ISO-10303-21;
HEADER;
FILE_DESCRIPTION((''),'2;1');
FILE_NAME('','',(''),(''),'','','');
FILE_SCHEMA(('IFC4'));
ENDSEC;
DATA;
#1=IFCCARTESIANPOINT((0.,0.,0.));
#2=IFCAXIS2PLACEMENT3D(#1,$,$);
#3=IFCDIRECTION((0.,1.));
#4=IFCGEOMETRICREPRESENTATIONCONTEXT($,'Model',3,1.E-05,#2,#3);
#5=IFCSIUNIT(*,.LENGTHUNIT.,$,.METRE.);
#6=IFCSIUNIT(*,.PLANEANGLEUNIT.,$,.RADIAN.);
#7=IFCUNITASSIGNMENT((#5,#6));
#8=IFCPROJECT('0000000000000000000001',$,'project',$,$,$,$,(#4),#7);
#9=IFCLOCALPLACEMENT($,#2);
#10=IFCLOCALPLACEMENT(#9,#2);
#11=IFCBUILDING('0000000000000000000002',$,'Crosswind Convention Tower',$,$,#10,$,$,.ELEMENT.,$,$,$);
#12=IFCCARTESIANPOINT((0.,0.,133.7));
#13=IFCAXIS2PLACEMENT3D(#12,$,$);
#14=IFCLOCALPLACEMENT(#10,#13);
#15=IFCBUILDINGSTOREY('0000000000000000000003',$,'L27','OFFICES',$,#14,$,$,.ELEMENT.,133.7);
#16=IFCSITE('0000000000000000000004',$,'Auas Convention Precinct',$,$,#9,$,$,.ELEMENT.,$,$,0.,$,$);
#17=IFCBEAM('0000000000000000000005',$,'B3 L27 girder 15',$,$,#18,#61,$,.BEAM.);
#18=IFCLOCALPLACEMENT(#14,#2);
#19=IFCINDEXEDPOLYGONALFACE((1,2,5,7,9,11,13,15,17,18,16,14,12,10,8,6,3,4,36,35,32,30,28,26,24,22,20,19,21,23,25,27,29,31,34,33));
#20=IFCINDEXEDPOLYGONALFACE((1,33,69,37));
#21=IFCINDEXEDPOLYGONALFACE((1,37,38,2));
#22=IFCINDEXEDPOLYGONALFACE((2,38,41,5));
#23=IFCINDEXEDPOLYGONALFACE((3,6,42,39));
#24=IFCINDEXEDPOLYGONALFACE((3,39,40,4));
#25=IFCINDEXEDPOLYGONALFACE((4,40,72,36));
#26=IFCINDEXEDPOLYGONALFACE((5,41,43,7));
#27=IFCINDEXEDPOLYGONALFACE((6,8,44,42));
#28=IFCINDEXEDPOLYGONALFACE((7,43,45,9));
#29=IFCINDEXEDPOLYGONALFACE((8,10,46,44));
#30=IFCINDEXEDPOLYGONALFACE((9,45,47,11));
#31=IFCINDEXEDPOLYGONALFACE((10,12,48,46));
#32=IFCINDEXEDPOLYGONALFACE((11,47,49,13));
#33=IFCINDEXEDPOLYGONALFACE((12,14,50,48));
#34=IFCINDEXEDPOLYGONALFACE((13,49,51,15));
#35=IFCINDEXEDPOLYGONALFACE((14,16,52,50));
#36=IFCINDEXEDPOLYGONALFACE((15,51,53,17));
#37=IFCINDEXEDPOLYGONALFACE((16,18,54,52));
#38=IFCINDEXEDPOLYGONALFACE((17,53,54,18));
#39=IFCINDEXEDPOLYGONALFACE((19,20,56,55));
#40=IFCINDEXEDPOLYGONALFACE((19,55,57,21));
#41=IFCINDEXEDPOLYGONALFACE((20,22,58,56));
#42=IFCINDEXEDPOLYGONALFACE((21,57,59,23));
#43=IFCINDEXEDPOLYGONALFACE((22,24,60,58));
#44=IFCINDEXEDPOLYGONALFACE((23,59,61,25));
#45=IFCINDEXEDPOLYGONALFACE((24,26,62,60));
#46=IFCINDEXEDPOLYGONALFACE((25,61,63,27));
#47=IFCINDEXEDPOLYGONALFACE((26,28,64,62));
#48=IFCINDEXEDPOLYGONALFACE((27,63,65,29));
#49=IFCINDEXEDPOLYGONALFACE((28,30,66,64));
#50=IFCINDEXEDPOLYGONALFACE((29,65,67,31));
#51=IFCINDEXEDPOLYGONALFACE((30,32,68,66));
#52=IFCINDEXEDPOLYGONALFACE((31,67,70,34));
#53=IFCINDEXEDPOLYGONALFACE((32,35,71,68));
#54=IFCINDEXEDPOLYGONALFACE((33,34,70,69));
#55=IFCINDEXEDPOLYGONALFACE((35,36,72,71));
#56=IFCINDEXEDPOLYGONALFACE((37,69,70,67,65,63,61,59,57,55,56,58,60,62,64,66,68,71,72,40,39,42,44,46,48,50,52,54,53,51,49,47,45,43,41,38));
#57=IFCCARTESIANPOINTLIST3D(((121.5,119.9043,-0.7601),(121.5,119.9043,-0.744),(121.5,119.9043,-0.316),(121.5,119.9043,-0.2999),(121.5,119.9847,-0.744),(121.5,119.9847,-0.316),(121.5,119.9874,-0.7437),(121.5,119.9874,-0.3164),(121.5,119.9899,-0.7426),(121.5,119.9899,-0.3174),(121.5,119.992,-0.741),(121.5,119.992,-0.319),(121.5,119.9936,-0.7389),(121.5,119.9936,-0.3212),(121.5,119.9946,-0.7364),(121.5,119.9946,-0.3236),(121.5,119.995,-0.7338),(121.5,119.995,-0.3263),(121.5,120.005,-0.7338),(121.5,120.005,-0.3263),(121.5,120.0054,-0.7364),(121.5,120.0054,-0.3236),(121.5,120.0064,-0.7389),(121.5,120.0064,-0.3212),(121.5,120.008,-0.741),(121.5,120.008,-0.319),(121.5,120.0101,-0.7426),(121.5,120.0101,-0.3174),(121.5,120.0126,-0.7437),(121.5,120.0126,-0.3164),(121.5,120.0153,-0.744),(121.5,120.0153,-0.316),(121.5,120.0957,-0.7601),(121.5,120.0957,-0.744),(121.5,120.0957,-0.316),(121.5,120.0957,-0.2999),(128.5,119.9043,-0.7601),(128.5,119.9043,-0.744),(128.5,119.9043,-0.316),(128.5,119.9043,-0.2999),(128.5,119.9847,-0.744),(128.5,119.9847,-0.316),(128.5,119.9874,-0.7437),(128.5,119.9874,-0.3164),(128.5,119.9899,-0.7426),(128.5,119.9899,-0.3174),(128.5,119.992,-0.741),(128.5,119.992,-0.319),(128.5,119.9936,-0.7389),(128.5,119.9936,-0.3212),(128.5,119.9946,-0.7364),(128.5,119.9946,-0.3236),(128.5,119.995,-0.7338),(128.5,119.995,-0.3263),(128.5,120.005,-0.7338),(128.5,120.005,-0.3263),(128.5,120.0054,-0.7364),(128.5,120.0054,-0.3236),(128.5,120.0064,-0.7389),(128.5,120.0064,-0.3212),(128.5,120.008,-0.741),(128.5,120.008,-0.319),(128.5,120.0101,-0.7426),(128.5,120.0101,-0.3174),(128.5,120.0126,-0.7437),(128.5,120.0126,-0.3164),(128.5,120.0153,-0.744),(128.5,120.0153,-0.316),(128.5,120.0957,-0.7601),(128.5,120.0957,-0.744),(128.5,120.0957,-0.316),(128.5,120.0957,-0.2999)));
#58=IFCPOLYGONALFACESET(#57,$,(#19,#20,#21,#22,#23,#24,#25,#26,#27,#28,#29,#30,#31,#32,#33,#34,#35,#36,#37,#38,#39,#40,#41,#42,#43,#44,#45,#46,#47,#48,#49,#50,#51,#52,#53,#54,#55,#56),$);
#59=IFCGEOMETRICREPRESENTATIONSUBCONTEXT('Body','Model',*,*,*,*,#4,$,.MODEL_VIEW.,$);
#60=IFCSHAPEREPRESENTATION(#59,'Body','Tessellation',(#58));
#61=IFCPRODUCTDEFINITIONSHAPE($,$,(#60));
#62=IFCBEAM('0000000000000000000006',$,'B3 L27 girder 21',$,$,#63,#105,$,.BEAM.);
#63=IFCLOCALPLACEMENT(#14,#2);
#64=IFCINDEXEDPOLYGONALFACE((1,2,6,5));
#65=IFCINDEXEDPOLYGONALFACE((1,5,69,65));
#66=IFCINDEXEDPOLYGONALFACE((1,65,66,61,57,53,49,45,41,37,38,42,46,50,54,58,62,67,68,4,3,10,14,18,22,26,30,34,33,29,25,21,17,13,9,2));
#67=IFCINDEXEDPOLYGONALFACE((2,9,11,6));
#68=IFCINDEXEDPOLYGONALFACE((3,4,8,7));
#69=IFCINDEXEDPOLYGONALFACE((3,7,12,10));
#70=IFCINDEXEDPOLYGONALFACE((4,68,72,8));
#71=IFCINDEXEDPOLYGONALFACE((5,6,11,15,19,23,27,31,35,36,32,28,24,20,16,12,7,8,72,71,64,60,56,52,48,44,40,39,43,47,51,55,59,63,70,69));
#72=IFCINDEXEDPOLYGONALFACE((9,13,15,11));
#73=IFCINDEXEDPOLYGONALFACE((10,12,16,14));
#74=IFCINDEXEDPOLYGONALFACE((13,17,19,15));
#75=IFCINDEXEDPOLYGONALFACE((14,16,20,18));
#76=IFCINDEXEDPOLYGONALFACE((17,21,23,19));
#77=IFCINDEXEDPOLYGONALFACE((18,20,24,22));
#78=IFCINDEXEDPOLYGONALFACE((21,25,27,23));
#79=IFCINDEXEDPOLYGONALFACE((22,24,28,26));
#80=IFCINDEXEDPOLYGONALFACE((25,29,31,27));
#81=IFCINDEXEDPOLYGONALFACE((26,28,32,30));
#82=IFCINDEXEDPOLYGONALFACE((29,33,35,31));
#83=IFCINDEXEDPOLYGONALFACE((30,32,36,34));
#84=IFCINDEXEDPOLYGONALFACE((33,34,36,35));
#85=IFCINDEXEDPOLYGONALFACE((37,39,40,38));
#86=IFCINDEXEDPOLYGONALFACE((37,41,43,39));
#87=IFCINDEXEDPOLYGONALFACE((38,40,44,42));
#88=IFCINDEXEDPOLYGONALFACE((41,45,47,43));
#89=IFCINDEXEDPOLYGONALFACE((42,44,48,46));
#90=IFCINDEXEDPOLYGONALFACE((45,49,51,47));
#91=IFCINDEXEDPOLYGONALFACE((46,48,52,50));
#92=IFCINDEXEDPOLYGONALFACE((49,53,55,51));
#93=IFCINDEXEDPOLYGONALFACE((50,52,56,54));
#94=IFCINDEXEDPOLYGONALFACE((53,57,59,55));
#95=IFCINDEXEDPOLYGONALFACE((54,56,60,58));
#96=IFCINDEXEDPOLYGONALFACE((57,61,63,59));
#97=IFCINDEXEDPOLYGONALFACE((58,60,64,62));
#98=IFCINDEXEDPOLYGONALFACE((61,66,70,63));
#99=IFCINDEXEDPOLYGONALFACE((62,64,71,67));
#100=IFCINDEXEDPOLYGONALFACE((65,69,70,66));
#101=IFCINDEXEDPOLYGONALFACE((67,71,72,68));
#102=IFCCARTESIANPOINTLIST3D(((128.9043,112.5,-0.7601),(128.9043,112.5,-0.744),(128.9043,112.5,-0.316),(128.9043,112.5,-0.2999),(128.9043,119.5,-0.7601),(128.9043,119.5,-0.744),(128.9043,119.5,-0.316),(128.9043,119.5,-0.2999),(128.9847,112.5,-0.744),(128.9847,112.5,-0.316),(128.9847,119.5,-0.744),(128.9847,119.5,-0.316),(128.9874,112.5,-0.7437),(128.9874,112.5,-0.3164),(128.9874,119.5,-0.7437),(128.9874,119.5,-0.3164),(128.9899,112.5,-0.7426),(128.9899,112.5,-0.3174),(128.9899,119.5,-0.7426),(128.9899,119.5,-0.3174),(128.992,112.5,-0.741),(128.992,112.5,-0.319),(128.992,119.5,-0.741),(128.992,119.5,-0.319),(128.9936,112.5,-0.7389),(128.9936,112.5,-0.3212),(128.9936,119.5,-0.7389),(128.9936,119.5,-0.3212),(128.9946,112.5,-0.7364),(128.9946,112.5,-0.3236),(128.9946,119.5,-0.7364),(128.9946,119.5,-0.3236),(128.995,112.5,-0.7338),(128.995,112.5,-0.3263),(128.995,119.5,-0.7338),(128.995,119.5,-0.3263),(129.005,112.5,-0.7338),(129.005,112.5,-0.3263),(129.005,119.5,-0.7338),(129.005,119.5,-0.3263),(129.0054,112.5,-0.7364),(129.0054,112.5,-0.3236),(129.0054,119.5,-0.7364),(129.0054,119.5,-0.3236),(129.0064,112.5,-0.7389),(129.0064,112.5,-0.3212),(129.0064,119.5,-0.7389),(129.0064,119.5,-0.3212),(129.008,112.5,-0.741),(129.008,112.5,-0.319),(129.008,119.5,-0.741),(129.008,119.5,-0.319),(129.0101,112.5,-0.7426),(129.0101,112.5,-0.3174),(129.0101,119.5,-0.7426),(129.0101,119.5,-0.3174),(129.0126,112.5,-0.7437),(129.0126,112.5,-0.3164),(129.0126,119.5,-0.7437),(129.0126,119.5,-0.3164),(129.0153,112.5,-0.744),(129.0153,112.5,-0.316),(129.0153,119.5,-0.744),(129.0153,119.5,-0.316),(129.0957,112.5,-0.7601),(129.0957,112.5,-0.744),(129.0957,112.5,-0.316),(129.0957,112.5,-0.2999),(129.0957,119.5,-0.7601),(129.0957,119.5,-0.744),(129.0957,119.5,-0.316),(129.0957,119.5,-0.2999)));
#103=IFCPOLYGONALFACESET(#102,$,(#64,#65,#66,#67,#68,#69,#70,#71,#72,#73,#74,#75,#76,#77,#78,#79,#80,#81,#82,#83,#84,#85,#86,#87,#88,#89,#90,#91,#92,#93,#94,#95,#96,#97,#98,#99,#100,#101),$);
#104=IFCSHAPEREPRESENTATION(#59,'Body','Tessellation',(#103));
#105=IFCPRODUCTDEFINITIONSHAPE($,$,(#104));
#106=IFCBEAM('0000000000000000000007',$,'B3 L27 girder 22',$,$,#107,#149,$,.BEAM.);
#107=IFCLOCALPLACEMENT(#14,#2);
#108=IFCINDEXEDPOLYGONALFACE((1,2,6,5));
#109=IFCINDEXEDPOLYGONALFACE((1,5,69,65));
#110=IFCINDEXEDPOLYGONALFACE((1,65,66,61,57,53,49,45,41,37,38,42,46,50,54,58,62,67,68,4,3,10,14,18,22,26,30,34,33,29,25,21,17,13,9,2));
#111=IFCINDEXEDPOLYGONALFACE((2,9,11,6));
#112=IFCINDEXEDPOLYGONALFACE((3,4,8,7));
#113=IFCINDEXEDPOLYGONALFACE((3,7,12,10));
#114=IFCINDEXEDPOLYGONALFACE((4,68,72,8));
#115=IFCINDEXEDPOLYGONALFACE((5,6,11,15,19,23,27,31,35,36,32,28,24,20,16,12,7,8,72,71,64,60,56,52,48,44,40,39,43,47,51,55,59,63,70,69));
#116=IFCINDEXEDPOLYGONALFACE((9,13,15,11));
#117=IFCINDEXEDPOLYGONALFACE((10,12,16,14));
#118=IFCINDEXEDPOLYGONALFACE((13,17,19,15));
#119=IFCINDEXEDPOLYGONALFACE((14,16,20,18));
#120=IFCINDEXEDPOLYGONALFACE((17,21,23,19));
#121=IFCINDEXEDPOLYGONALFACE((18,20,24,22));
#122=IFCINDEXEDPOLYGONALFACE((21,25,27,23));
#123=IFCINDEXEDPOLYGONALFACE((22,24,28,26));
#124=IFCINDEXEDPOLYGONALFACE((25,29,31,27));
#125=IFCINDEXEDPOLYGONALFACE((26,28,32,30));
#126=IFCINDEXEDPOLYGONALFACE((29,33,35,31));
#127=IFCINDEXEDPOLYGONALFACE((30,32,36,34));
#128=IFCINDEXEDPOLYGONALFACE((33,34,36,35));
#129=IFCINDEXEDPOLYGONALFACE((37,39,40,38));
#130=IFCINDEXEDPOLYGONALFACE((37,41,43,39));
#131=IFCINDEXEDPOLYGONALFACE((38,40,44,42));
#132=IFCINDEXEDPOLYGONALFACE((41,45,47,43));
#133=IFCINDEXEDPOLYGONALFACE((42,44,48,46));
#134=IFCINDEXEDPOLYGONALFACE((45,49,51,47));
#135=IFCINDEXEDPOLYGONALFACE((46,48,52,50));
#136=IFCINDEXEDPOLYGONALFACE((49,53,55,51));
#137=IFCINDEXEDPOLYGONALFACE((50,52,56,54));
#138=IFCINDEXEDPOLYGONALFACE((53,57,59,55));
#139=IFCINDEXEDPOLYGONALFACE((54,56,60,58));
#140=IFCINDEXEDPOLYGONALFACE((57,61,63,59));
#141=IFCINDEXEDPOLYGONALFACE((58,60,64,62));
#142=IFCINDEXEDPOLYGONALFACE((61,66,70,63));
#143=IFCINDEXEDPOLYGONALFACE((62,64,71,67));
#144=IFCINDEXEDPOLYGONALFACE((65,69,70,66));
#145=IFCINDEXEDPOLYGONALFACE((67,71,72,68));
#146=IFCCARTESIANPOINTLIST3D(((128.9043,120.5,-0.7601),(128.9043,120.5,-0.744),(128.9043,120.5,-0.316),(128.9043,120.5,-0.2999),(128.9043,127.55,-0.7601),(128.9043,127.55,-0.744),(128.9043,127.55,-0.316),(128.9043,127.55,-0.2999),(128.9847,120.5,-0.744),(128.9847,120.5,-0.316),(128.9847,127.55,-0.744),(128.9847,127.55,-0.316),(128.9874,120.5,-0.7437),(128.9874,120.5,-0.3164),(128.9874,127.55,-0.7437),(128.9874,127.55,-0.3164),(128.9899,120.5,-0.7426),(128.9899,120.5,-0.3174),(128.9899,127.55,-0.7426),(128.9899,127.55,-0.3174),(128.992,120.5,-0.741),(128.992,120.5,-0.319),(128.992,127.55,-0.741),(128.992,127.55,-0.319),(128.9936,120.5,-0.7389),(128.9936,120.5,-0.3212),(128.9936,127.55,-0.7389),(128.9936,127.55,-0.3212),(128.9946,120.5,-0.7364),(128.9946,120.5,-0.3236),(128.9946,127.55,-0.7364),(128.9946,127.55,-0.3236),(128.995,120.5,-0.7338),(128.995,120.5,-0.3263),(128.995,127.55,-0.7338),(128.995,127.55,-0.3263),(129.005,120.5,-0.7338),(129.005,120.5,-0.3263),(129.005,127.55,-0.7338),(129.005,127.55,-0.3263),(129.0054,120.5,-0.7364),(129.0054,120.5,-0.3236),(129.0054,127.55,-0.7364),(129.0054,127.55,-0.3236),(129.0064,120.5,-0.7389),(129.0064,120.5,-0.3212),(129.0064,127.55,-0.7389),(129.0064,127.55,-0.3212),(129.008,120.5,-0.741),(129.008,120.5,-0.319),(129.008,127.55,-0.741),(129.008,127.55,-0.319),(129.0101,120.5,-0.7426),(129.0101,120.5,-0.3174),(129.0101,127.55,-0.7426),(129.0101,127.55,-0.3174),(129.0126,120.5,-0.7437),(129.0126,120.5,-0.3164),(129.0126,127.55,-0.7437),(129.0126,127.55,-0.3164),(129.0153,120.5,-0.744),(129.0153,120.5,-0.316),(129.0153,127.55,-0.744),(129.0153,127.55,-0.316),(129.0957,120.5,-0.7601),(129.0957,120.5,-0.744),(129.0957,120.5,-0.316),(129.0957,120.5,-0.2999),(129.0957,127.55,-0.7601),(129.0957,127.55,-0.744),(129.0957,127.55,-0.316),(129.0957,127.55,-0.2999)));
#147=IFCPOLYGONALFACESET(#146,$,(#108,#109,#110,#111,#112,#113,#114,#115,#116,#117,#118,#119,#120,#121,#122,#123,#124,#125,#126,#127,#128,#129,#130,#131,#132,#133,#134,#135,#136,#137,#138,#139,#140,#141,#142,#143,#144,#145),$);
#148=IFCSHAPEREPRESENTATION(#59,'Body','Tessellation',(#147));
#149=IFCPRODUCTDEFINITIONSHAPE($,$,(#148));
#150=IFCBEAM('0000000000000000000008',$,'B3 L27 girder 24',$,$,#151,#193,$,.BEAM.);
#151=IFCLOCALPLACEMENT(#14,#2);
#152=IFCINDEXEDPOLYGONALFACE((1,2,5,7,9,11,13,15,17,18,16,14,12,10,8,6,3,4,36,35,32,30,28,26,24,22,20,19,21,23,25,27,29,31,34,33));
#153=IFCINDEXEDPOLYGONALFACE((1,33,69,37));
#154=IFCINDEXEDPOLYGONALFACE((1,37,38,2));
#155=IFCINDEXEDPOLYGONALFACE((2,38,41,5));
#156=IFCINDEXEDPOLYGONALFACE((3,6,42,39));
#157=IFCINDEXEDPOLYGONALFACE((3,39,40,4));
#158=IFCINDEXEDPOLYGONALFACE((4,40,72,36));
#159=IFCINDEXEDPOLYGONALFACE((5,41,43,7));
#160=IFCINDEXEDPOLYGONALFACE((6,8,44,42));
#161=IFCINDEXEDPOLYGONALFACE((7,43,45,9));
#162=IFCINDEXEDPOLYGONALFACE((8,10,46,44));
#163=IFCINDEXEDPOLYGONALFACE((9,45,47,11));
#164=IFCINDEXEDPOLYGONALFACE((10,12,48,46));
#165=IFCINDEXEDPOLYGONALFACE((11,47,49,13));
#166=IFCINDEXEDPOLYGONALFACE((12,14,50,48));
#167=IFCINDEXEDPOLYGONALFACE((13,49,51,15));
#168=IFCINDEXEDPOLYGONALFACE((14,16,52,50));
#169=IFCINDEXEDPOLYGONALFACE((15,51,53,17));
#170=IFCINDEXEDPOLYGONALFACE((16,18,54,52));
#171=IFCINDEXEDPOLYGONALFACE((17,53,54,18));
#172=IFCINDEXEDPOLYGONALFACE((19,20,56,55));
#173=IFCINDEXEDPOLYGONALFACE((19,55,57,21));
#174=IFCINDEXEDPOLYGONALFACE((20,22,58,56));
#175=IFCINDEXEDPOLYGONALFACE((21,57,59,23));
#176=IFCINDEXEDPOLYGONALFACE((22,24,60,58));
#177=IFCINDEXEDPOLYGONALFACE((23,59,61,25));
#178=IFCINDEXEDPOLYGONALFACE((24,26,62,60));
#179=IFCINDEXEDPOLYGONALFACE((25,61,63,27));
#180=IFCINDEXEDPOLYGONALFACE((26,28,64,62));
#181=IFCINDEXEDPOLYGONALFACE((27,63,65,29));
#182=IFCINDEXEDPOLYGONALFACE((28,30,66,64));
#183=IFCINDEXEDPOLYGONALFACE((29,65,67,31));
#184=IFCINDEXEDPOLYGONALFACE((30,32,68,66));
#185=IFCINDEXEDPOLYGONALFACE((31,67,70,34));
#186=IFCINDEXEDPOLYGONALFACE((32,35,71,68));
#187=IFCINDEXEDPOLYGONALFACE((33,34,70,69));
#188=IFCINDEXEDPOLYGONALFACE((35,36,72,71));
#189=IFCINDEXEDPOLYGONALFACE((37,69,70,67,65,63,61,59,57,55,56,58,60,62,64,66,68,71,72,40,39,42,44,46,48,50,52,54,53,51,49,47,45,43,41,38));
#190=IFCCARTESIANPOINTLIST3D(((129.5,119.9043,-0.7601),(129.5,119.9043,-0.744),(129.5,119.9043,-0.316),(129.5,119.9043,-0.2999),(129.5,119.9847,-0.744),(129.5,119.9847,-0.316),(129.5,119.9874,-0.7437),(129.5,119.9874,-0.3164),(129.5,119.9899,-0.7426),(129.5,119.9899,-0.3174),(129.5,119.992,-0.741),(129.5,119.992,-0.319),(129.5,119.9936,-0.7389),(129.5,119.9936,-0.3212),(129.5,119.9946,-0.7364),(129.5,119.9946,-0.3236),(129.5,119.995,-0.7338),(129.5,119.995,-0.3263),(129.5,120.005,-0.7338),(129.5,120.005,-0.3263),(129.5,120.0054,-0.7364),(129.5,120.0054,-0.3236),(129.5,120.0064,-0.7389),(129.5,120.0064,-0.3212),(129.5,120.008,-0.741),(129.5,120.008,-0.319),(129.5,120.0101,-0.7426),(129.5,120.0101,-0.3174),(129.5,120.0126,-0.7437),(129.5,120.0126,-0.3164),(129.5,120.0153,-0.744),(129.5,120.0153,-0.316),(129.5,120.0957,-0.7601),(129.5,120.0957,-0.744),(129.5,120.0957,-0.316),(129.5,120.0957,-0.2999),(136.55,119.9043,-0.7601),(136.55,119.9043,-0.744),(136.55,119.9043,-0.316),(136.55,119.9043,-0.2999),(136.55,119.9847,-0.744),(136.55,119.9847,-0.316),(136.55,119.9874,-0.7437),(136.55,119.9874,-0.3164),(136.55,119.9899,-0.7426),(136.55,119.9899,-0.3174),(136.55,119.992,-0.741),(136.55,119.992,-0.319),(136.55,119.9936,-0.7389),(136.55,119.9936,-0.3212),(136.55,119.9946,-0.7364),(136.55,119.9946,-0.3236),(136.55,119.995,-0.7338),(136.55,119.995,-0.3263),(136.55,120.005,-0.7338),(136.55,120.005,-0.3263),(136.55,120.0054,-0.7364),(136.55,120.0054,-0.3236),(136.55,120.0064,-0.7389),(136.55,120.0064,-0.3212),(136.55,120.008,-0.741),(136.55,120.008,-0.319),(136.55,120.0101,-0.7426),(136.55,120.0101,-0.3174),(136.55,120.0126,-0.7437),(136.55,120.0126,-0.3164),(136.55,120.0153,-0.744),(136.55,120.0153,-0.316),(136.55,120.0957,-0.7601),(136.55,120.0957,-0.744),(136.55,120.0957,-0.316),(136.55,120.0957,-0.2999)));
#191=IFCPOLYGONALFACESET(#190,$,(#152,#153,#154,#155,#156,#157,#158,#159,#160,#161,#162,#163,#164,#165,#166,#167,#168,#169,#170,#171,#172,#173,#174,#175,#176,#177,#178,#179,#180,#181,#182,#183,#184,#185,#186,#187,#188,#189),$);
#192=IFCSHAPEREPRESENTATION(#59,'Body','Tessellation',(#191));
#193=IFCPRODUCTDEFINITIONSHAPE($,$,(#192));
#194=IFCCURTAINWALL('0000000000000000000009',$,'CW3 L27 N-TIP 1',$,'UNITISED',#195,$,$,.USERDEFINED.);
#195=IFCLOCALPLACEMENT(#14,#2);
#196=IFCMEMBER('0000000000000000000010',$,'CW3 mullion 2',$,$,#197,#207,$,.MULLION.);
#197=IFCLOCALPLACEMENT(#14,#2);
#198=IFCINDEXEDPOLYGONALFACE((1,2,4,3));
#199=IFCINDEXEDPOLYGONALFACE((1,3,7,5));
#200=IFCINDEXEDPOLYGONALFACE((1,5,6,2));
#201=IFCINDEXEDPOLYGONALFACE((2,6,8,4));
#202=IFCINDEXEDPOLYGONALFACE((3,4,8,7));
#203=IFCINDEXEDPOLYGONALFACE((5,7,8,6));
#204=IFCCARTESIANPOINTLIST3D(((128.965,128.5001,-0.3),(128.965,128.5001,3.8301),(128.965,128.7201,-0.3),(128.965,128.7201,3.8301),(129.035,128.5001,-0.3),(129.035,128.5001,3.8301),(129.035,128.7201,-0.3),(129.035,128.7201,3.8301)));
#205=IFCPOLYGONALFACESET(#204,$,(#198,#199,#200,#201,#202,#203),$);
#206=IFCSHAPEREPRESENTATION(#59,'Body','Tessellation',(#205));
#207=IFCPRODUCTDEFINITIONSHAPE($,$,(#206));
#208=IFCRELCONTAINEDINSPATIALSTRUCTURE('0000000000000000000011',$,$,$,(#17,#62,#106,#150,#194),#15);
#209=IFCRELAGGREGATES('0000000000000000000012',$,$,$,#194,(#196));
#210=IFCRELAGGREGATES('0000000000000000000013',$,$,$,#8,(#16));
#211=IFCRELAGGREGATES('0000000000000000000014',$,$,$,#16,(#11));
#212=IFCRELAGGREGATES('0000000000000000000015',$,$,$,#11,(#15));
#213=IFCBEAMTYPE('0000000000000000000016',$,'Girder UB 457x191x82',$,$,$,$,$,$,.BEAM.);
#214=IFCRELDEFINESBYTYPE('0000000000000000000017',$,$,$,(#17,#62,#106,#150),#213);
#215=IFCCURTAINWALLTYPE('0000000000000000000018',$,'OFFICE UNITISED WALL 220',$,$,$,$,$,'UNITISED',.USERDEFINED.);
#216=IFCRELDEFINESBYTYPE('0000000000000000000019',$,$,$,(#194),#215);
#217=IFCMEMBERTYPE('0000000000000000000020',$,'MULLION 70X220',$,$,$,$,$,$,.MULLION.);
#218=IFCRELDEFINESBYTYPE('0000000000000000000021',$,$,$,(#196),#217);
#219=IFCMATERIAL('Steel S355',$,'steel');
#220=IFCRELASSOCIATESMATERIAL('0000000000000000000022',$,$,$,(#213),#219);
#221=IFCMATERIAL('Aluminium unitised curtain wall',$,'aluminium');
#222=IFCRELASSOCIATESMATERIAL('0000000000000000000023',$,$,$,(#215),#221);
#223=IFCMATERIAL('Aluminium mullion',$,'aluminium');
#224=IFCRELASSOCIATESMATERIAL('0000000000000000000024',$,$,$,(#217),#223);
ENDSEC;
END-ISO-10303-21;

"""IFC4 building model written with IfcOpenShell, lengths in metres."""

from ifc_helpers import new_model, si_unit, direction, frame, origin, origin_2d, place, context, subcontext, project, spatial, rectangle, i_section, extrude, material, material_profile, profile_set, type_object, element, aggregate, save


model = new_model("IFC4")

# Units and contexts
model_context = context("Model", 3, precision=1e-05, world=origin(), true_north=direction((0.0, 1.0)))
body_context = subcontext(model_context, "Body", "Model", "MODEL_VIEW")
ifc_project = project(units=[si_unit("LENGTHUNIT", "METRE"), si_unit("PLANEANGLEUNIT", "RADIAN")], contexts=[model_context])

# Site, building, storey
site_placement = place(None, origin())
site = spatial("IfcSite", under=ifc_project, at=site_placement, Name="Auas Convention Precinct", CompositionType="ELEMENT", RefElevation=0.0)
building_placement = place(site_placement, origin())
building = spatial("IfcBuilding", under=site, at=building_placement, Name="Crosswind Convention Tower", CompositionType="ELEMENT")
storey_placement = place(building_placement, frame((0.0, 0.0, 133.7)))
storey = spatial("IfcBuildingStorey", under=building, at=storey_placement, Name="L27", Description="OFFICES", CompositionType="ELEMENT", Elevation=133.7)

# Beams
ifc_material_1 = material(Name="Steel S355", Category="steel")
ifc_material_profile_1 = material_profile(ifc_material_1, i_section(OverallWidth=0.1914, OverallDepth=0.4602, WebThickness=0.01, FlangeThickness=0.0161, FilletRadius=0.0103, at=origin_2d()), Name="UB 457x191x82")
ifc_profile_set_1 = profile_set([ifc_material_profile_1], Name="Steel S355")
beam_type_1 = type_object("IfcBeamType", Name="Girder UB 457x191x82", PredefinedType="BEAM", material=ifc_profile_set_1)
for number, where, z_axis, x_axis, name in (
    (1, (121.5, 120.0, -0.53), (1.0, 0.0, 0.0), (0.0, 1.0, 0.0), "B3 L27 girder 15"),
    (2, (129.0, 112.5, -0.53), (0.0, 1.0, 0.0), (-1.0, 0.0, 0.0), "B3 L27 girder 21"),
):
    element("IfcBeam", number, at=place(storey_placement, frame(where, z_axis=z_axis, x_axis=x_axis)), inside=storey, type_object=beam_type_1, Name=name, PredefinedType="BEAM", context=body_context, shape_type="SweptSolid", body=[
        extrude(i_section(OverallWidth=0.1914, OverallDepth=0.4602, WebThickness=0.01, FlangeThickness=0.0161, FilletRadius=0.0103, at=origin_2d()), origin(), (0.0, 0.0, 1.0), 7.0),
    ])
for number, where, z_axis, x_axis, name in (
    (3, (129.0, 120.5, -0.53), (0.0, 1.0, 0.0), (-1.0, 0.0, 0.0), "B3 L27 girder 22"),
    (4, (129.5, 120.0, -0.53), (1.0, 0.0, 0.0), (0.0, 1.0, 0.0), "B3 L27 girder 24"),
):
    element("IfcBeam", number, at=place(storey_placement, frame(where, z_axis=z_axis, x_axis=x_axis)), inside=storey, type_object=beam_type_1, Name=name, PredefinedType="BEAM", context=body_context, shape_type="SweptSolid", body=[
        extrude(i_section(OverallWidth=0.1914, OverallDepth=0.4602, WebThickness=0.01, FlangeThickness=0.0161, FilletRadius=0.0103, at=origin_2d()), origin(), (0.0, 0.0, 1.0), 7.05),
    ])

# Curtain wall, member
ifc_material_2 = material(Name="Aluminium unitised curtain wall", Category="aluminium")
curtain_wall_type = type_object("IfcCurtainWallType", Name="OFFICE UNITISED WALL 220", ElementType="UNITISED", PredefinedType="USERDEFINED", material=ifc_material_2)
curtain_wall_placement = place(storey_placement, origin())
curtain_wall = element("IfcCurtainWall", 5, at=curtain_wall_placement, inside=storey, type_object=curtain_wall_type, Name="CW3 L27 N-TIP 1", ObjectType="UNITISED", PredefinedType="USERDEFINED")
ifc_material_3 = material(Name="Aluminium mullion", Category="aluminium")
ifc_material_profile_2 = material_profile(ifc_material_3, rectangle(XDim=0.22, YDim=0.0701, at=origin_2d()), Name="AL 220X70")
ifc_profile_set_2 = profile_set([ifc_material_profile_2], Name="Aluminium mullion")
member_type_1 = type_object("IfcMemberType", Name="MULLION 70X220", PredefinedType="MULLION", material=ifc_profile_set_2)
member_1_placement = place(storey_placement, frame((129.0, 128.6101, -0.3), z_axis=(0.0, 0.0, 1.0), x_axis=(0.0, 1.0, 0.0)))
member_1 = element("IfcMember", 6, at=member_1_placement, type_object=member_type_1, Name="CW3 mullion 2", PredefinedType="MULLION", context=body_context, shape_type="SweptSolid", body=[
    extrude(rectangle(XDim=0.22, YDim=0.0701, at=origin_2d()), origin(), (0.0, 0.0, 1.0), 4.1301),
])

aggregate(curtain_wall, [member_1])

save(model, "model.ifc")
